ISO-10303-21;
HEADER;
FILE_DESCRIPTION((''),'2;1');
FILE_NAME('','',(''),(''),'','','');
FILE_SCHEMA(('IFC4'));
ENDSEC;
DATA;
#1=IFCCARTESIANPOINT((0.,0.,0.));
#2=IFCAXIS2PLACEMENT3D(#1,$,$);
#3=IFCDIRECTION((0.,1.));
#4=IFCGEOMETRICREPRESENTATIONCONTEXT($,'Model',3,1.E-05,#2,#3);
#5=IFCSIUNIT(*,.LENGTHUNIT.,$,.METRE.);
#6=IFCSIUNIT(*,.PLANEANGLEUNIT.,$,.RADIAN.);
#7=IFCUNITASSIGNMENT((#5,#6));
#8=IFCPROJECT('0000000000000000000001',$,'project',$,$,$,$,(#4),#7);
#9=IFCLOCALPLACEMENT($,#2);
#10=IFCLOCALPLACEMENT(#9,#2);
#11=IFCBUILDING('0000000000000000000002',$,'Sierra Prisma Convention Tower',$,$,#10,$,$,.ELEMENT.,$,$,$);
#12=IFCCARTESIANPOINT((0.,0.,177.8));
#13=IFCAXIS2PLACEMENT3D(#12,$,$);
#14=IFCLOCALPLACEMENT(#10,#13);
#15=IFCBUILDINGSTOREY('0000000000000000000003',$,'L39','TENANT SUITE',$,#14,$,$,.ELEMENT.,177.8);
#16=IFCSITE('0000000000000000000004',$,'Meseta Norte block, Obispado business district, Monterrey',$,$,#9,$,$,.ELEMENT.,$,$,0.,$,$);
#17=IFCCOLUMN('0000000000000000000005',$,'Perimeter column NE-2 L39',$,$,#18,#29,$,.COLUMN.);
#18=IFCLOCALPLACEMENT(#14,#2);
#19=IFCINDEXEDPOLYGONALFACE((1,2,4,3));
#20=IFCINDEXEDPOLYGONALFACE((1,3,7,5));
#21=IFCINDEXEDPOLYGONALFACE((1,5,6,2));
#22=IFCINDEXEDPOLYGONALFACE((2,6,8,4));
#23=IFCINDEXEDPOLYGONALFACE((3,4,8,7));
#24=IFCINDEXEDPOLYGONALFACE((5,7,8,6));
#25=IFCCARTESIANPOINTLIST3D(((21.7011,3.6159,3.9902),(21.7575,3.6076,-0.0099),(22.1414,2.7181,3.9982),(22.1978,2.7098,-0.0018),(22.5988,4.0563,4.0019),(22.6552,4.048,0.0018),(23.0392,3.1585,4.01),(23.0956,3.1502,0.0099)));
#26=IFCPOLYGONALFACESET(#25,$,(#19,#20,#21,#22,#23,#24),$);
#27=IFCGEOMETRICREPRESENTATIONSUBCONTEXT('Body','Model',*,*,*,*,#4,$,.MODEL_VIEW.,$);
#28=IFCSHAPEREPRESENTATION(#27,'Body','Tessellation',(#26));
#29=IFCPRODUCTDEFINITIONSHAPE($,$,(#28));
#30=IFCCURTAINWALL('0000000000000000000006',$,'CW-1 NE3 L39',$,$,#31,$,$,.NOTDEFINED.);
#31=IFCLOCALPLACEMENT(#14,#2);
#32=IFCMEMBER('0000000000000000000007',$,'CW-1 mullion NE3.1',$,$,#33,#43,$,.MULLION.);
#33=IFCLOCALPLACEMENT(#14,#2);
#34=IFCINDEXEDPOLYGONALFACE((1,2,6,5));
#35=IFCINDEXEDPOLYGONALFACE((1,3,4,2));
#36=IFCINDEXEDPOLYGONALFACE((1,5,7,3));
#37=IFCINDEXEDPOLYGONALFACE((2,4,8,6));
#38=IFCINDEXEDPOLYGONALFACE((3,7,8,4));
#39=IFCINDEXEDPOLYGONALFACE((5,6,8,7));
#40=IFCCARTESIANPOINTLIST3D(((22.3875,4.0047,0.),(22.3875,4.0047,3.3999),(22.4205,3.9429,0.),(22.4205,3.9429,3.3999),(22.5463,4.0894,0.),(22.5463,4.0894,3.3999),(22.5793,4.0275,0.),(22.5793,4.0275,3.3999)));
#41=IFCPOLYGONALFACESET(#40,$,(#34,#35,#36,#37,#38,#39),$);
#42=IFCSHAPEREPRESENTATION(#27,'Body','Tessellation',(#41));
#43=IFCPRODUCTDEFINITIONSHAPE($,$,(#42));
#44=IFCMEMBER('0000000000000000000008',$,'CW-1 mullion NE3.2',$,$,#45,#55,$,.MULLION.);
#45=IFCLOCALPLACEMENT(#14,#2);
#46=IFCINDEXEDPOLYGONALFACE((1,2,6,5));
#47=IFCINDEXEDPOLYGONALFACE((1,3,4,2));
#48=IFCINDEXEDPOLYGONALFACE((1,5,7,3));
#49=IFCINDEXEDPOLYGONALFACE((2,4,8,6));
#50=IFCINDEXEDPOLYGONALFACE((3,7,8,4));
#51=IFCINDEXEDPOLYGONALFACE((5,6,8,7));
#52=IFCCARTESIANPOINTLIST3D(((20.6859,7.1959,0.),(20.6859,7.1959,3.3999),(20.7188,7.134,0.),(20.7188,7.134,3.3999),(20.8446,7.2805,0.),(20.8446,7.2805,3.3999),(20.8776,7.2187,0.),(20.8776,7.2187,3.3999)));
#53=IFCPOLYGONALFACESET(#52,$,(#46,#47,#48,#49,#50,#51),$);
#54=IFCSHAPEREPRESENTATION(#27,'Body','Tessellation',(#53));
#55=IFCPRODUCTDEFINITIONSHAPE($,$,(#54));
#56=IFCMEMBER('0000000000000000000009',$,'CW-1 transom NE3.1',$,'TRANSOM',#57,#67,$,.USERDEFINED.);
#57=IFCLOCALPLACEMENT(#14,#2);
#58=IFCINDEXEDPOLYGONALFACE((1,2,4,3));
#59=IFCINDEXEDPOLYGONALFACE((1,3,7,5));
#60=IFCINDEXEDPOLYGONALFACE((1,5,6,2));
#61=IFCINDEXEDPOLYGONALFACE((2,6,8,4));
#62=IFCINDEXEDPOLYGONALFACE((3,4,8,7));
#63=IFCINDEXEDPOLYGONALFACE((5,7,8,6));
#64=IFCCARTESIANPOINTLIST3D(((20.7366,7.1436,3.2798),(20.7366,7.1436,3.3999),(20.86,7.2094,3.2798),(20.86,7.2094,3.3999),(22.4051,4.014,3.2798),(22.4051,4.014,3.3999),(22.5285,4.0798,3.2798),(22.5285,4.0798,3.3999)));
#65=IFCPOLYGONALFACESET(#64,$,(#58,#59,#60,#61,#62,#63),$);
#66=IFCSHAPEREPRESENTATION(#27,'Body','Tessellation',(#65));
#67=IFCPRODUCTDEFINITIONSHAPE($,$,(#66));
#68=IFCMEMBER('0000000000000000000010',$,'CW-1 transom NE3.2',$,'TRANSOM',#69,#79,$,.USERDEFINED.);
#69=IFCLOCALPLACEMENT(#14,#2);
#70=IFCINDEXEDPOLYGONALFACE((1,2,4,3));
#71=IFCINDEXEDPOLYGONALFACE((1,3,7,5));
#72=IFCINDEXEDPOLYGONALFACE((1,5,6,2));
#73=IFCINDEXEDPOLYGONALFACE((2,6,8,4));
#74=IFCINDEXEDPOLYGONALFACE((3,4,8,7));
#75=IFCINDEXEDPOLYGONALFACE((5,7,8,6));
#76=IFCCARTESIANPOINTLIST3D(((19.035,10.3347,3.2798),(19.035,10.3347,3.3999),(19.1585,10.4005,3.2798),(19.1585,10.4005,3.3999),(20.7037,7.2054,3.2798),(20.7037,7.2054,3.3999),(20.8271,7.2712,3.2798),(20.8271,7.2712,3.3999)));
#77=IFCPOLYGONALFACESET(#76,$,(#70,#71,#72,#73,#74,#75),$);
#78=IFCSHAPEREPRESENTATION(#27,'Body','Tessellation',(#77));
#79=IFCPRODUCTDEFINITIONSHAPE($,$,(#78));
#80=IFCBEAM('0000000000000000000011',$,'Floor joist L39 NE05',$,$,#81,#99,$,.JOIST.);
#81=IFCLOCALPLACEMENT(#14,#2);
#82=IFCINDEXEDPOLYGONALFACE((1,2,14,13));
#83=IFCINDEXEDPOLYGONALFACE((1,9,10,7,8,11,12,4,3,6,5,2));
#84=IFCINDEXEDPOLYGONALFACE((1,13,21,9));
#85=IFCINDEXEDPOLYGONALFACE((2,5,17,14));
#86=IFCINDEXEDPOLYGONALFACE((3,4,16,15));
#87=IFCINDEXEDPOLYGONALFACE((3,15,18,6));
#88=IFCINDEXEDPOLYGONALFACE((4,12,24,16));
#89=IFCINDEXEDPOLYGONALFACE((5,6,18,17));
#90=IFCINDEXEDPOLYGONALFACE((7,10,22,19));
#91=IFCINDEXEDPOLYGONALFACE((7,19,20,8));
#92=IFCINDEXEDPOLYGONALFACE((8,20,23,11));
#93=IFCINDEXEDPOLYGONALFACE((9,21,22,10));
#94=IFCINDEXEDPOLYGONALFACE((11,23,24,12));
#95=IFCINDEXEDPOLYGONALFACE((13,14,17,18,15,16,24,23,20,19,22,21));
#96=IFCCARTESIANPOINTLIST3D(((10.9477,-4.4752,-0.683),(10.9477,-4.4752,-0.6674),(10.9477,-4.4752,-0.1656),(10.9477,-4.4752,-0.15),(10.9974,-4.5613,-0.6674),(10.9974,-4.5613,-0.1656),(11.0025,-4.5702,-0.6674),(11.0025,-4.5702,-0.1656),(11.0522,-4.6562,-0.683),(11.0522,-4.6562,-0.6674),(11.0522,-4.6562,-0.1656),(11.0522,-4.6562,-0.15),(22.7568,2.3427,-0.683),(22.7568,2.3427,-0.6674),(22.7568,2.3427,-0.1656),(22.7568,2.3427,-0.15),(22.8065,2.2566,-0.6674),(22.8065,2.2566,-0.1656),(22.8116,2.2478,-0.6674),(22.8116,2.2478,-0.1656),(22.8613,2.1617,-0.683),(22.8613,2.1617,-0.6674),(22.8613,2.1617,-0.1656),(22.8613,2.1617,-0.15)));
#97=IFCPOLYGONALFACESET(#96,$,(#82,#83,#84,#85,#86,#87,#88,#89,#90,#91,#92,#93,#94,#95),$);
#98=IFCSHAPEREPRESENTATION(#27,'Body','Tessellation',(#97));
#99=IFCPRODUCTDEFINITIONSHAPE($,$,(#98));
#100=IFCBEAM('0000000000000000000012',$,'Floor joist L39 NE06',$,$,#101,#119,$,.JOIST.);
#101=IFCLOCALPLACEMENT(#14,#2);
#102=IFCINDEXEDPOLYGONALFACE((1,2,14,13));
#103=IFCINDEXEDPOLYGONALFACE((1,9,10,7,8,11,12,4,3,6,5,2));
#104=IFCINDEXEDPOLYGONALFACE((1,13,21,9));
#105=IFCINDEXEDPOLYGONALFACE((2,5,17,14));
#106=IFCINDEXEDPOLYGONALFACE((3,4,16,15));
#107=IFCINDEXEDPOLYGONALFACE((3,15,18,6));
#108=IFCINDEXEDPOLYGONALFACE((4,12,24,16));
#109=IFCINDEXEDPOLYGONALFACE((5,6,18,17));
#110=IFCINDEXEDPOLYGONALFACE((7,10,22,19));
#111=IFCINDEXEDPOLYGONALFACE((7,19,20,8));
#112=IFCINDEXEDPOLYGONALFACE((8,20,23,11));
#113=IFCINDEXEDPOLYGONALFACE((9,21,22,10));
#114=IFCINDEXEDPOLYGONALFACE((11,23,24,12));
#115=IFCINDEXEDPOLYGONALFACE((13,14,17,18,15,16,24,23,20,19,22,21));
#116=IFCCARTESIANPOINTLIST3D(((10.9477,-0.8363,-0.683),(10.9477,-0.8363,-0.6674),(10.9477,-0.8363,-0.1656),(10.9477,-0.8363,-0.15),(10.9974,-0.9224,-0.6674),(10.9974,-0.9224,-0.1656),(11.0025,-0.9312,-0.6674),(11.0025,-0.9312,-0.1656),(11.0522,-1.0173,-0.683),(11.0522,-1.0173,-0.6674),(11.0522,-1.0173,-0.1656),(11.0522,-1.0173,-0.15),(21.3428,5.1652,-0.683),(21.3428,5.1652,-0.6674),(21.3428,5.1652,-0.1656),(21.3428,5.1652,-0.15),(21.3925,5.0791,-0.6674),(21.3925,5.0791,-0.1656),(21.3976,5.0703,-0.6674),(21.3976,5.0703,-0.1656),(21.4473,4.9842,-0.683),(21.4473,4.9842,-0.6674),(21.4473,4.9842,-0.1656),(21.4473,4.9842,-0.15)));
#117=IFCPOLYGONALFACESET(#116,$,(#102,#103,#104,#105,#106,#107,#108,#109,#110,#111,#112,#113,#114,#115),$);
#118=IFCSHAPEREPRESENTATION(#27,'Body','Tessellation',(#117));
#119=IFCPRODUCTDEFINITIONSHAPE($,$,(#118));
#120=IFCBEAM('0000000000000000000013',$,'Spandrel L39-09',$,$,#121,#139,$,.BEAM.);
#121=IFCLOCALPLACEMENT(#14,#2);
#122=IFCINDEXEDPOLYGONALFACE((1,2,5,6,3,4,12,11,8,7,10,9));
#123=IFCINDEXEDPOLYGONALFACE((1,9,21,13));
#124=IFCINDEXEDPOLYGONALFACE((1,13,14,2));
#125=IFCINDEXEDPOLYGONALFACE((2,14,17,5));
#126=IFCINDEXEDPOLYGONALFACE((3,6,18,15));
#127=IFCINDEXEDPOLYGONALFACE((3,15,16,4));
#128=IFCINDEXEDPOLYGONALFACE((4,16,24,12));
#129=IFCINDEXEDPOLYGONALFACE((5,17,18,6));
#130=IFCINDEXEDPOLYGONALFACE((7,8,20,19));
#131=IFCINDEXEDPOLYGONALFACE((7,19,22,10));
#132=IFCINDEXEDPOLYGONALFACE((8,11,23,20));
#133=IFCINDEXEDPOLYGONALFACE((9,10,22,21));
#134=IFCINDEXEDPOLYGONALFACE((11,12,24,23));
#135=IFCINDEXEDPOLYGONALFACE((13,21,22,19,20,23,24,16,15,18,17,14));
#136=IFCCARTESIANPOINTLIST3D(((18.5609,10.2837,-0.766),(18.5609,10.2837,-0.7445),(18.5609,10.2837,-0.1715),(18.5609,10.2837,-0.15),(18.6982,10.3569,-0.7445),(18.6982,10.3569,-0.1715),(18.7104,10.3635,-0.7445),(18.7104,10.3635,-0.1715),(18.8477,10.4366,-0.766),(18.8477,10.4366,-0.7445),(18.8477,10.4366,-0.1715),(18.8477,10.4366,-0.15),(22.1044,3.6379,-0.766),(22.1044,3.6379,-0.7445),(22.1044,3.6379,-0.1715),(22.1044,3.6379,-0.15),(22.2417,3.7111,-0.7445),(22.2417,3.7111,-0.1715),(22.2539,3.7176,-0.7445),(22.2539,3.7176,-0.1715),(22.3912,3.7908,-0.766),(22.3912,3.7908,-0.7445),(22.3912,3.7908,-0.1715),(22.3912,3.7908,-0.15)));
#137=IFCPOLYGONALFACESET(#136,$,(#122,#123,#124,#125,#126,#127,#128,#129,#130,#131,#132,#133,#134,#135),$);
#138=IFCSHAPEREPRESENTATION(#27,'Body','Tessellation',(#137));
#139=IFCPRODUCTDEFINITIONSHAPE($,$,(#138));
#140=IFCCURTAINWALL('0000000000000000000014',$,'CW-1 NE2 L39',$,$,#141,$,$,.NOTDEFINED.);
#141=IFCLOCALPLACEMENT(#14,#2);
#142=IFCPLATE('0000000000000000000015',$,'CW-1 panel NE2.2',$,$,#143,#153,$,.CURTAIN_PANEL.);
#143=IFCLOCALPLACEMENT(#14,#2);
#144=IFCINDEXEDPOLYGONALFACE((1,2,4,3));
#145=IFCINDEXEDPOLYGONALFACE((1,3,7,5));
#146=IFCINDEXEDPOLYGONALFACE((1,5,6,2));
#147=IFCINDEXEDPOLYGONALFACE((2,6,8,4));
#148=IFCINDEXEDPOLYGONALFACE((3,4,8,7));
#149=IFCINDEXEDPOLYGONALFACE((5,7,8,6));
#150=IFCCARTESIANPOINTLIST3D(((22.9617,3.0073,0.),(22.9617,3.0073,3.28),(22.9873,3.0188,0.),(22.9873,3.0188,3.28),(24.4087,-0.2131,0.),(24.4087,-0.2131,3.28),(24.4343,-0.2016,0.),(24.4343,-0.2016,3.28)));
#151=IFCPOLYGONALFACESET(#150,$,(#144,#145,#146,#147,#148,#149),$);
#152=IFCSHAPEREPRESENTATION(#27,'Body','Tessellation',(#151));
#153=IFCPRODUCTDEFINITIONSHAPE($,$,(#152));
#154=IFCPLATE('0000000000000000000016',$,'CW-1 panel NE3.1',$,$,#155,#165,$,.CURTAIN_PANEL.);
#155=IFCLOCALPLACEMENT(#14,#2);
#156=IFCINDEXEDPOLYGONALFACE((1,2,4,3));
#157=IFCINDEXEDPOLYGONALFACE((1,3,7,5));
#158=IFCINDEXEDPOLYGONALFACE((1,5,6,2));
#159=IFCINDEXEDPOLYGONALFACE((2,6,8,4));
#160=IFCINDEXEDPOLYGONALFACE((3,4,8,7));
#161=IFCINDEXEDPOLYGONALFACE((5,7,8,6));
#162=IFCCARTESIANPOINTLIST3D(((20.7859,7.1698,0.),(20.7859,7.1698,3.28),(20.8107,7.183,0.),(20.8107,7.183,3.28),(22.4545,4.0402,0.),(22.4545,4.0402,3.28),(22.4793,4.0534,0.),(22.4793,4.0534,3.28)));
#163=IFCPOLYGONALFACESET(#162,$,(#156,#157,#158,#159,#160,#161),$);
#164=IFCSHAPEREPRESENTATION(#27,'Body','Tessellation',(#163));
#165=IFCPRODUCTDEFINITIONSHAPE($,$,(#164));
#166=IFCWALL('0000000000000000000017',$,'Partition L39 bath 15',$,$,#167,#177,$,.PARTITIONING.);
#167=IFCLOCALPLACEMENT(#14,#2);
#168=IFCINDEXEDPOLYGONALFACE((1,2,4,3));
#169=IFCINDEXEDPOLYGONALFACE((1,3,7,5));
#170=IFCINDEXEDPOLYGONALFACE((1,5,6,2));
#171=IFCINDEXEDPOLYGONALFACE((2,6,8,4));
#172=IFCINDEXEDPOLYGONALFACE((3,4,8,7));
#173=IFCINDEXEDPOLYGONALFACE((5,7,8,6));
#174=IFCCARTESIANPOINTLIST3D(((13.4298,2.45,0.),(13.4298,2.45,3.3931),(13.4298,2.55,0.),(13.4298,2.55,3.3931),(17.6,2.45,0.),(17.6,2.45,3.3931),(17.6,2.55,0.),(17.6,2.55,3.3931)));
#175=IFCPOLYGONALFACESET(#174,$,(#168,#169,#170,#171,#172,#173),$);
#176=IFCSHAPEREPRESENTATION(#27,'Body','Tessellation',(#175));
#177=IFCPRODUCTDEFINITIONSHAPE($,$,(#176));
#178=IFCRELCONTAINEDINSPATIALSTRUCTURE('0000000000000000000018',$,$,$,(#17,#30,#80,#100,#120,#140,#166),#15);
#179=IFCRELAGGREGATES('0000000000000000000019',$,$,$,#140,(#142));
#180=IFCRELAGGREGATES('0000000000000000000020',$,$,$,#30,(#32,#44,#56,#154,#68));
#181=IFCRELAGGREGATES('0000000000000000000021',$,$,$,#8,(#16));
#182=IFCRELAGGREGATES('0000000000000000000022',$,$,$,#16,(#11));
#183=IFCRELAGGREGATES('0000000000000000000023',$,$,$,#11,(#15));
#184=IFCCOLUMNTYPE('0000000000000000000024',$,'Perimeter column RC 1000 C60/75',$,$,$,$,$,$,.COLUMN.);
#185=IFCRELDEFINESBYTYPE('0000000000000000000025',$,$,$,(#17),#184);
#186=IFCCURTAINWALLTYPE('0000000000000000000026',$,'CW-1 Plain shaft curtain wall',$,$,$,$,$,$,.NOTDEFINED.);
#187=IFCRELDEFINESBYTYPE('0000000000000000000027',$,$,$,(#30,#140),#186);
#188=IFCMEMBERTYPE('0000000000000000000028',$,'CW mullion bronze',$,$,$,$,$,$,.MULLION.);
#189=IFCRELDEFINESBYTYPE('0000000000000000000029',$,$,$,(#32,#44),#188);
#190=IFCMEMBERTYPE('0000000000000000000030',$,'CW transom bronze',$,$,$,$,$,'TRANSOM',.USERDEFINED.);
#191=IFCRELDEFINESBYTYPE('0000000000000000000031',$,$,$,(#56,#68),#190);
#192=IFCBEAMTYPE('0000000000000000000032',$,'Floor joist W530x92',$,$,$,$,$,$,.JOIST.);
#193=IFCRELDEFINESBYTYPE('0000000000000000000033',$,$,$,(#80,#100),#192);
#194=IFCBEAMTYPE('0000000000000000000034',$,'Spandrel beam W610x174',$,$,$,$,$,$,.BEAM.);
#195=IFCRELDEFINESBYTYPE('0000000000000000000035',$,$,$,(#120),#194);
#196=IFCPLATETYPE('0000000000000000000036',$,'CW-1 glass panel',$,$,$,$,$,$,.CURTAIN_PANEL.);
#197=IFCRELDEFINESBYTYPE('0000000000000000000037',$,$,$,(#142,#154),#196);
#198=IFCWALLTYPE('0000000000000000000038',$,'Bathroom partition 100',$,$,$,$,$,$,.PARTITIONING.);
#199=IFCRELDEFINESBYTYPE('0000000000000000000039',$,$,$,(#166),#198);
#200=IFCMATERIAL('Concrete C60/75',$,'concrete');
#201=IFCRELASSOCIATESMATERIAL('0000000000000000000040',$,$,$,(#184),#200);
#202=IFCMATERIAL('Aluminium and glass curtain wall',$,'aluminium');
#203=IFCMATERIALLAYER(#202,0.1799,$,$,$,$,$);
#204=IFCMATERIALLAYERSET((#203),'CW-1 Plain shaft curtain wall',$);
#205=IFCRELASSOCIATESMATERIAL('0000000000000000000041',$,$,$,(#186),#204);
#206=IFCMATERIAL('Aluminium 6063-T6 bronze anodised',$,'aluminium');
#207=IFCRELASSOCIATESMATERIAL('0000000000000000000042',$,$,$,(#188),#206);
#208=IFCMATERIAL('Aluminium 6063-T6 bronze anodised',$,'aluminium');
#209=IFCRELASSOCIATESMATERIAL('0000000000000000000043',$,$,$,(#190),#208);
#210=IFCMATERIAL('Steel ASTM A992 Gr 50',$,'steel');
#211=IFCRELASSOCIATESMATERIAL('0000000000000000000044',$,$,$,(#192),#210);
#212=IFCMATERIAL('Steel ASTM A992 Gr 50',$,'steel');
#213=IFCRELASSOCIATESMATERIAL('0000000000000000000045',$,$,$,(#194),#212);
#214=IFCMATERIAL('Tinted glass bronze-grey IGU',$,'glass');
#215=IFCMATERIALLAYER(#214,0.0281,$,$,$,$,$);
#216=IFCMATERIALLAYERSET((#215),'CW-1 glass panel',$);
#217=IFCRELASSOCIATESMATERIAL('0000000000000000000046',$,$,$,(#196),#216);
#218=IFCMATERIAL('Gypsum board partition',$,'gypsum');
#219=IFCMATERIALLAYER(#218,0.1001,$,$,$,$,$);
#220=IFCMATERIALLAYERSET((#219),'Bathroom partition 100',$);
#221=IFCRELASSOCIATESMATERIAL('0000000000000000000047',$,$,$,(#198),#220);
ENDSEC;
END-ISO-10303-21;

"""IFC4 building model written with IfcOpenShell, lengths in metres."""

from ifc_helpers import new_model, si_unit, direction, frame, frame_2d, origin, origin_2d, place, context, subcontext, project, spatial, rectangle, i_section, extrude, material, layer, layer_set, material_profile, profile_set, type_object, element, aggregate, save


model = new_model("IFC4")

# Units and contexts
model_context = context("Model", 3, precision=1e-05, world=origin(), true_north=direction((0.0, 1.0)))
body_context = subcontext(model_context, "Body", "Model", "MODEL_VIEW")
ifc_project = project(units=[si_unit("LENGTHUNIT", "METRE"), si_unit("PLANEANGLEUNIT", "RADIAN")], contexts=[model_context])

# Site, building, storey
site_placement = place(None, origin())
site = spatial("IfcSite", under=ifc_project, at=site_placement, Name="Meseta Norte block, Obispado business district, Monterrey", CompositionType="ELEMENT", RefElevation=0.0)
building_placement = place(site_placement, origin())
building = spatial("IfcBuilding", under=site, at=building_placement, Name="Sierra Prisma Convention Tower", CompositionType="ELEMENT")
storey_placement = place(building_placement, frame((0.0, 0.0, 177.8)))
storey = spatial("IfcBuildingStorey", under=building, at=storey_placement, Name="L39", Description="TENANT SUITE", CompositionType="ELEMENT", Elevation=177.8)

# Column
ifc_material_1 = material(Name="Concrete C60/75", Category="concrete")
ifc_material_profile_1 = material_profile(ifc_material_1, rectangle(XDim=1.0, YDim=1.0, at=origin_2d()), Name="Perimeter column RC 1000 C60/75")
ifc_profile_set_1 = profile_set([ifc_material_profile_1], Name="Concrete C60/75")
column_type = type_object("IfcColumnType", Name="Perimeter column RC 1000 C60/75", PredefinedType="COLUMN", material=ifc_profile_set_1)
column_placement = place(storey_placement, frame((22.4265, 3.3789, 0.0), z_axis=(-0.014098, 0.002075, 0.999898), x_axis=(-0.440366, 0.897782, -0.008072)))
element("IfcColumn", 1, at=column_placement, inside=storey, type_object=column_type, Name="Perimeter column NE-2 L39", PredefinedType="COLUMN", context=body_context, shape_type="SweptSolid", body=[
    extrude(rectangle(XDim=1.0, YDim=1.0, at=origin_2d()), origin(), (0.0, 0.0, 1.0), 4.0005),
])

# Curtain wall, members
ifc_material_2 = material(Name="Aluminium and glass curtain wall", Category="aluminium")
ifc_layer_1 = layer(ifc_material_2, 0.1799)
ifc_layer_set_1 = layer_set([ifc_layer_1], Name="CW-1 Plain shaft curtain wall")
curtain_wall_type = type_object("IfcCurtainWallType", Name="CW-1 Plain shaft curtain wall", PredefinedType="NOTDEFINED", material=ifc_layer_set_1)
curtain_wall_1_placement = place(storey_placement, origin())
curtain_wall_1 = element("IfcCurtainWall", 2, at=curtain_wall_1_placement, inside=storey, type_object=curtain_wall_type, Name="CW-1 NE3 L39", PredefinedType="NOTDEFINED")
ifc_material_3 = material(Name="Aluminium 6063-T6 bronze anodised", Category="aluminium")
ifc_material_profile_2 = material_profile(ifc_material_3, rectangle(XDim=0.1799, YDim=0.0701, at=origin_2d()), Name="ALU MULLION 70x180")
ifc_profile_set_2 = profile_set([ifc_material_profile_2], Name="Aluminium 6063-T6 bronze anodised")
member_type_1 = type_object("IfcMemberType", Name="CW mullion bronze", PredefinedType="MULLION", material=ifc_profile_set_2)
member_1_placement = place(storey_placement, frame((22.4834, 4.0161, 0.0), z_axis=(0.0, 0.0, 1.0), x_axis=(-0.882414, -0.470473, 0.0)))
member_1 = element("IfcMember", 3, at=member_1_placement, type_object=member_type_1, Name="CW-1 mullion NE3.1", PredefinedType="MULLION", context=body_context, shape_type="SweptSolid", body=[
    extrude(rectangle(XDim=0.1799, YDim=0.0701, at=origin_2d()), origin(), (0.0, 0.0, 1.0), 3.3999),
])
member_2_placement = place(storey_placement, frame((20.7817, 7.2073, 0.0), z_axis=(0.0, 0.0, 1.0), x_axis=(-0.882414, -0.470473, 0.0)))
member_2 = element("IfcMember", 4, at=member_2_placement, type_object=member_type_1, Name="CW-1 mullion NE3.2", PredefinedType="MULLION", context=body_context, shape_type="SweptSolid", body=[
    extrude(rectangle(XDim=0.1799, YDim=0.0701, at=origin_2d()), origin(), (0.0, 0.0, 1.0), 3.3999),
])
ifc_material_4 = material(Name="Aluminium 6063-T6 bronze anodised", Category="aluminium")
ifc_material_profile_3 = material_profile(ifc_material_4, rectangle(XDim=0.1399, YDim=0.1201, at=origin_2d()), Name="ALU TRANSOM 120x140")
ifc_profile_set_3 = profile_set([ifc_material_profile_3], Name="Aluminium 6063-T6 bronze anodised")
member_type_2 = type_object("IfcMemberType", Name="CW transom bronze", ElementType="TRANSOM", PredefinedType="USERDEFINED", material=ifc_profile_set_3)
member_3_placement = place(storey_placement, frame((22.4668, 4.0469, 3.3398), z_axis=(-0.470438, 0.882433, 0.0), x_axis=(-0.882433, -0.470438, 0.0)))
member_3 = element("IfcMember", 5, at=member_3_placement, type_object=member_type_2, Name="CW-1 transom NE3.1", ObjectType="TRANSOM", PredefinedType="USERDEFINED", context=body_context, shape_type="SweptSolid", body=[
    extrude(rectangle(XDim=0.1399, YDim=0.1201, at=origin_2d()), origin(), (0.0, 0.0, 1.0), 3.5466),
])
member_4_placement = place(storey_placement, frame((20.7654, 7.2383, 3.3398), z_axis=(-0.47052, 0.882389, 0.0), x_axis=(-0.882389, -0.47052, 0.0)))
member_4 = element("IfcMember", 6, at=member_4_placement, type_object=member_type_2, Name="CW-1 transom NE3.2", ObjectType="TRANSOM", PredefinedType="USERDEFINED", context=body_context, shape_type="SweptSolid", body=[
    extrude(rectangle(XDim=0.1399, YDim=0.1201, at=origin_2d()), origin(), (0.0, 0.0, 1.0), 3.5464),
])

# Beams
ifc_material_5 = material(Name="Steel ASTM A992 Gr 50", Category="steel")
ifc_material_profile_4 = material_profile(ifc_material_5, i_section(OverallWidth=0.209, OverallDepth=0.533, WebThickness=0.0103, FlangeThickness=0.0156, at=origin_2d()), Name="W530x92")
ifc_profile_set_4 = profile_set([ifc_material_profile_4], Name="Steel ASTM A992 Gr 50")
beam_type_1 = type_object("IfcBeamType", Name="Floor joist W530x92", PredefinedType="JOIST", material=ifc_profile_set_4)
beam_1_placement = place(storey_placement, frame((22.8091, 2.2522, -0.4165), z_axis=(-0.866029, -0.499994, 0.0), x_axis=(0.499994, -0.866029, 0.0)))
element("IfcBeam", 7, at=beam_1_placement, inside=storey, type_object=beam_type_1, Name="Floor joist L39 NE05", PredefinedType="JOIST", context=body_context, shape_type="SweptSolid", body=[
    extrude(i_section(OverallWidth=0.209, OverallDepth=0.533, WebThickness=0.0103, FlangeThickness=0.0156, at=origin_2d()), origin(), (0.0, 0.0, 1.0), 13.636),
])
beam_2_placement = place(storey_placement, frame((21.395, 5.0747, -0.4165), z_axis=(-0.866029, -0.499994, 0.0), x_axis=(0.499994, -0.866029, 0.0)))
element("IfcBeam", 8, at=beam_2_placement, inside=storey, type_object=beam_type_1, Name="Floor joist L39 NE06", PredefinedType="JOIST", context=body_context, shape_type="SweptSolid", body=[
    extrude(i_section(OverallWidth=0.209, OverallDepth=0.533, WebThickness=0.0103, FlangeThickness=0.0156, at=origin_2d()), origin(), (0.0, 0.0, 1.0), 12.0032),
])
ifc_material_6 = material(Name="Steel ASTM A992 Gr 50", Category="steel")
ifc_material_profile_5 = material_profile(ifc_material_6, i_section(OverallWidth=0.325, OverallDepth=0.616, WebThickness=0.0139, FlangeThickness=0.0215, at=origin_2d()), Name="W610x174")
ifc_profile_set_5 = profile_set([ifc_material_profile_5], Name="Steel ASTM A992 Gr 50")
beam_type_2 = type_object("IfcBeamType", Name="Spandrel beam W610x174", PredefinedType="BEAM", material=ifc_profile_set_5)
beam_3_placement = place(storey_placement, frame((22.2478, 3.7144, -0.458), z_axis=(-0.470491, 0.882405, 0.0), x_axis=(-0.882405, -0.470491, 0.0)))
element("IfcBeam", 9, at=beam_3_placement, inside=storey, type_object=beam_type_2, Name="Spandrel L39-09", PredefinedType="BEAM", context=body_context, shape_type="SweptSolid", body=[
    extrude(i_section(OverallWidth=0.325, OverallDepth=0.616, WebThickness=0.0139, FlangeThickness=0.0215, at=origin_2d()), origin(), (0.0, 0.0, 1.0), 7.5315),
])

# Curtain wall, plate
curtain_wall_2_placement = place(storey_placement, origin())
curtain_wall_2 = element("IfcCurtainWall", 10, at=curtain_wall_2_placement, inside=storey, type_object=curtain_wall_type, Name="CW-1 NE2 L39", PredefinedType="NOTDEFINED")
ifc_material_7 = material(Name="Tinted glass bronze-grey IGU", Category="glass")
ifc_layer_2 = layer(ifc_material_7, 0.0281)
ifc_layer_set_2 = layer_set([ifc_layer_2], Name="CW-1 glass panel")
plate_type = type_object("IfcPlateType", Name="CW-1 glass panel", PredefinedType="CURTAIN_PANEL", material=ifc_layer_set_2)
plate_1_placement = place(storey_placement, frame((23.698, 1.4028, 0.0), z_axis=(0.0, 0.0, 1.0), x_axis=(-0.409843, 0.912156, 0.0)))
plate_1 = element("IfcPlate", 11, at=plate_1_placement, type_object=plate_type, Name="CW-1 panel NE2.2", PredefinedType="CURTAIN_PANEL", context=body_context, shape_type="SweptSolid", body=[
    extrude(rectangle(XDim=3.5305, YDim=0.0281, at=origin_2d()), origin(), (0.0, 0.0, 1.0), 3.28),
])
aggregate(curtain_wall_2, [plate_1])

# Plate
plate_2_placement = place(storey_placement, frame((21.6326, 5.6116, 0.0), z_axis=(0.0, 0.0, 1.0), x_axis=(-0.470473, 0.882414, 0.0)))
plate_2 = element("IfcPlate", 12, at=plate_2_placement, type_object=plate_type, Name="CW-1 panel NE3.1", PredefinedType="CURTAIN_PANEL", context=body_context, shape_type="SweptSolid", body=[
    extrude(rectangle(XDim=3.5466, YDim=0.0281, at=origin_2d()), origin(), (0.0, 0.0, 1.0), 3.28),
])
aggregate(curtain_wall_1, [member_1, member_2, member_3, plate_2, member_4])

# Wall
ifc_material_8 = material(Name="Gypsum board partition", Category="gypsum")
ifc_layer_3 = layer(ifc_material_8, 0.1001)
ifc_layer_set_3 = layer_set([ifc_layer_3], Name="Bathroom partition 100")
wall_type_1 = type_object("IfcWallType", Name="Bathroom partition 100", PredefinedType="PARTITIONING", material=ifc_layer_set_3)
wall_1_placement = place(storey_placement, frame((13.4299, 2.5, 0.0), z_axis=(0.0, 0.0, 1.0), x_axis=(1.0, 0.0, 0.0)))
element("IfcWall", 13, at=wall_1_placement, inside=storey, type_object=wall_type_1, Name="Partition L39 bath 15", PredefinedType="PARTITIONING", context=body_context, shape_type="SweptSolid", body=[
    extrude(rectangle(XDim=4.1702, YDim=0.1001, at=frame_2d((2.085, 0.0))), origin(), (0.0, 0.0, 1.0), 3.3931),
])

save(model, "model.ifc")
